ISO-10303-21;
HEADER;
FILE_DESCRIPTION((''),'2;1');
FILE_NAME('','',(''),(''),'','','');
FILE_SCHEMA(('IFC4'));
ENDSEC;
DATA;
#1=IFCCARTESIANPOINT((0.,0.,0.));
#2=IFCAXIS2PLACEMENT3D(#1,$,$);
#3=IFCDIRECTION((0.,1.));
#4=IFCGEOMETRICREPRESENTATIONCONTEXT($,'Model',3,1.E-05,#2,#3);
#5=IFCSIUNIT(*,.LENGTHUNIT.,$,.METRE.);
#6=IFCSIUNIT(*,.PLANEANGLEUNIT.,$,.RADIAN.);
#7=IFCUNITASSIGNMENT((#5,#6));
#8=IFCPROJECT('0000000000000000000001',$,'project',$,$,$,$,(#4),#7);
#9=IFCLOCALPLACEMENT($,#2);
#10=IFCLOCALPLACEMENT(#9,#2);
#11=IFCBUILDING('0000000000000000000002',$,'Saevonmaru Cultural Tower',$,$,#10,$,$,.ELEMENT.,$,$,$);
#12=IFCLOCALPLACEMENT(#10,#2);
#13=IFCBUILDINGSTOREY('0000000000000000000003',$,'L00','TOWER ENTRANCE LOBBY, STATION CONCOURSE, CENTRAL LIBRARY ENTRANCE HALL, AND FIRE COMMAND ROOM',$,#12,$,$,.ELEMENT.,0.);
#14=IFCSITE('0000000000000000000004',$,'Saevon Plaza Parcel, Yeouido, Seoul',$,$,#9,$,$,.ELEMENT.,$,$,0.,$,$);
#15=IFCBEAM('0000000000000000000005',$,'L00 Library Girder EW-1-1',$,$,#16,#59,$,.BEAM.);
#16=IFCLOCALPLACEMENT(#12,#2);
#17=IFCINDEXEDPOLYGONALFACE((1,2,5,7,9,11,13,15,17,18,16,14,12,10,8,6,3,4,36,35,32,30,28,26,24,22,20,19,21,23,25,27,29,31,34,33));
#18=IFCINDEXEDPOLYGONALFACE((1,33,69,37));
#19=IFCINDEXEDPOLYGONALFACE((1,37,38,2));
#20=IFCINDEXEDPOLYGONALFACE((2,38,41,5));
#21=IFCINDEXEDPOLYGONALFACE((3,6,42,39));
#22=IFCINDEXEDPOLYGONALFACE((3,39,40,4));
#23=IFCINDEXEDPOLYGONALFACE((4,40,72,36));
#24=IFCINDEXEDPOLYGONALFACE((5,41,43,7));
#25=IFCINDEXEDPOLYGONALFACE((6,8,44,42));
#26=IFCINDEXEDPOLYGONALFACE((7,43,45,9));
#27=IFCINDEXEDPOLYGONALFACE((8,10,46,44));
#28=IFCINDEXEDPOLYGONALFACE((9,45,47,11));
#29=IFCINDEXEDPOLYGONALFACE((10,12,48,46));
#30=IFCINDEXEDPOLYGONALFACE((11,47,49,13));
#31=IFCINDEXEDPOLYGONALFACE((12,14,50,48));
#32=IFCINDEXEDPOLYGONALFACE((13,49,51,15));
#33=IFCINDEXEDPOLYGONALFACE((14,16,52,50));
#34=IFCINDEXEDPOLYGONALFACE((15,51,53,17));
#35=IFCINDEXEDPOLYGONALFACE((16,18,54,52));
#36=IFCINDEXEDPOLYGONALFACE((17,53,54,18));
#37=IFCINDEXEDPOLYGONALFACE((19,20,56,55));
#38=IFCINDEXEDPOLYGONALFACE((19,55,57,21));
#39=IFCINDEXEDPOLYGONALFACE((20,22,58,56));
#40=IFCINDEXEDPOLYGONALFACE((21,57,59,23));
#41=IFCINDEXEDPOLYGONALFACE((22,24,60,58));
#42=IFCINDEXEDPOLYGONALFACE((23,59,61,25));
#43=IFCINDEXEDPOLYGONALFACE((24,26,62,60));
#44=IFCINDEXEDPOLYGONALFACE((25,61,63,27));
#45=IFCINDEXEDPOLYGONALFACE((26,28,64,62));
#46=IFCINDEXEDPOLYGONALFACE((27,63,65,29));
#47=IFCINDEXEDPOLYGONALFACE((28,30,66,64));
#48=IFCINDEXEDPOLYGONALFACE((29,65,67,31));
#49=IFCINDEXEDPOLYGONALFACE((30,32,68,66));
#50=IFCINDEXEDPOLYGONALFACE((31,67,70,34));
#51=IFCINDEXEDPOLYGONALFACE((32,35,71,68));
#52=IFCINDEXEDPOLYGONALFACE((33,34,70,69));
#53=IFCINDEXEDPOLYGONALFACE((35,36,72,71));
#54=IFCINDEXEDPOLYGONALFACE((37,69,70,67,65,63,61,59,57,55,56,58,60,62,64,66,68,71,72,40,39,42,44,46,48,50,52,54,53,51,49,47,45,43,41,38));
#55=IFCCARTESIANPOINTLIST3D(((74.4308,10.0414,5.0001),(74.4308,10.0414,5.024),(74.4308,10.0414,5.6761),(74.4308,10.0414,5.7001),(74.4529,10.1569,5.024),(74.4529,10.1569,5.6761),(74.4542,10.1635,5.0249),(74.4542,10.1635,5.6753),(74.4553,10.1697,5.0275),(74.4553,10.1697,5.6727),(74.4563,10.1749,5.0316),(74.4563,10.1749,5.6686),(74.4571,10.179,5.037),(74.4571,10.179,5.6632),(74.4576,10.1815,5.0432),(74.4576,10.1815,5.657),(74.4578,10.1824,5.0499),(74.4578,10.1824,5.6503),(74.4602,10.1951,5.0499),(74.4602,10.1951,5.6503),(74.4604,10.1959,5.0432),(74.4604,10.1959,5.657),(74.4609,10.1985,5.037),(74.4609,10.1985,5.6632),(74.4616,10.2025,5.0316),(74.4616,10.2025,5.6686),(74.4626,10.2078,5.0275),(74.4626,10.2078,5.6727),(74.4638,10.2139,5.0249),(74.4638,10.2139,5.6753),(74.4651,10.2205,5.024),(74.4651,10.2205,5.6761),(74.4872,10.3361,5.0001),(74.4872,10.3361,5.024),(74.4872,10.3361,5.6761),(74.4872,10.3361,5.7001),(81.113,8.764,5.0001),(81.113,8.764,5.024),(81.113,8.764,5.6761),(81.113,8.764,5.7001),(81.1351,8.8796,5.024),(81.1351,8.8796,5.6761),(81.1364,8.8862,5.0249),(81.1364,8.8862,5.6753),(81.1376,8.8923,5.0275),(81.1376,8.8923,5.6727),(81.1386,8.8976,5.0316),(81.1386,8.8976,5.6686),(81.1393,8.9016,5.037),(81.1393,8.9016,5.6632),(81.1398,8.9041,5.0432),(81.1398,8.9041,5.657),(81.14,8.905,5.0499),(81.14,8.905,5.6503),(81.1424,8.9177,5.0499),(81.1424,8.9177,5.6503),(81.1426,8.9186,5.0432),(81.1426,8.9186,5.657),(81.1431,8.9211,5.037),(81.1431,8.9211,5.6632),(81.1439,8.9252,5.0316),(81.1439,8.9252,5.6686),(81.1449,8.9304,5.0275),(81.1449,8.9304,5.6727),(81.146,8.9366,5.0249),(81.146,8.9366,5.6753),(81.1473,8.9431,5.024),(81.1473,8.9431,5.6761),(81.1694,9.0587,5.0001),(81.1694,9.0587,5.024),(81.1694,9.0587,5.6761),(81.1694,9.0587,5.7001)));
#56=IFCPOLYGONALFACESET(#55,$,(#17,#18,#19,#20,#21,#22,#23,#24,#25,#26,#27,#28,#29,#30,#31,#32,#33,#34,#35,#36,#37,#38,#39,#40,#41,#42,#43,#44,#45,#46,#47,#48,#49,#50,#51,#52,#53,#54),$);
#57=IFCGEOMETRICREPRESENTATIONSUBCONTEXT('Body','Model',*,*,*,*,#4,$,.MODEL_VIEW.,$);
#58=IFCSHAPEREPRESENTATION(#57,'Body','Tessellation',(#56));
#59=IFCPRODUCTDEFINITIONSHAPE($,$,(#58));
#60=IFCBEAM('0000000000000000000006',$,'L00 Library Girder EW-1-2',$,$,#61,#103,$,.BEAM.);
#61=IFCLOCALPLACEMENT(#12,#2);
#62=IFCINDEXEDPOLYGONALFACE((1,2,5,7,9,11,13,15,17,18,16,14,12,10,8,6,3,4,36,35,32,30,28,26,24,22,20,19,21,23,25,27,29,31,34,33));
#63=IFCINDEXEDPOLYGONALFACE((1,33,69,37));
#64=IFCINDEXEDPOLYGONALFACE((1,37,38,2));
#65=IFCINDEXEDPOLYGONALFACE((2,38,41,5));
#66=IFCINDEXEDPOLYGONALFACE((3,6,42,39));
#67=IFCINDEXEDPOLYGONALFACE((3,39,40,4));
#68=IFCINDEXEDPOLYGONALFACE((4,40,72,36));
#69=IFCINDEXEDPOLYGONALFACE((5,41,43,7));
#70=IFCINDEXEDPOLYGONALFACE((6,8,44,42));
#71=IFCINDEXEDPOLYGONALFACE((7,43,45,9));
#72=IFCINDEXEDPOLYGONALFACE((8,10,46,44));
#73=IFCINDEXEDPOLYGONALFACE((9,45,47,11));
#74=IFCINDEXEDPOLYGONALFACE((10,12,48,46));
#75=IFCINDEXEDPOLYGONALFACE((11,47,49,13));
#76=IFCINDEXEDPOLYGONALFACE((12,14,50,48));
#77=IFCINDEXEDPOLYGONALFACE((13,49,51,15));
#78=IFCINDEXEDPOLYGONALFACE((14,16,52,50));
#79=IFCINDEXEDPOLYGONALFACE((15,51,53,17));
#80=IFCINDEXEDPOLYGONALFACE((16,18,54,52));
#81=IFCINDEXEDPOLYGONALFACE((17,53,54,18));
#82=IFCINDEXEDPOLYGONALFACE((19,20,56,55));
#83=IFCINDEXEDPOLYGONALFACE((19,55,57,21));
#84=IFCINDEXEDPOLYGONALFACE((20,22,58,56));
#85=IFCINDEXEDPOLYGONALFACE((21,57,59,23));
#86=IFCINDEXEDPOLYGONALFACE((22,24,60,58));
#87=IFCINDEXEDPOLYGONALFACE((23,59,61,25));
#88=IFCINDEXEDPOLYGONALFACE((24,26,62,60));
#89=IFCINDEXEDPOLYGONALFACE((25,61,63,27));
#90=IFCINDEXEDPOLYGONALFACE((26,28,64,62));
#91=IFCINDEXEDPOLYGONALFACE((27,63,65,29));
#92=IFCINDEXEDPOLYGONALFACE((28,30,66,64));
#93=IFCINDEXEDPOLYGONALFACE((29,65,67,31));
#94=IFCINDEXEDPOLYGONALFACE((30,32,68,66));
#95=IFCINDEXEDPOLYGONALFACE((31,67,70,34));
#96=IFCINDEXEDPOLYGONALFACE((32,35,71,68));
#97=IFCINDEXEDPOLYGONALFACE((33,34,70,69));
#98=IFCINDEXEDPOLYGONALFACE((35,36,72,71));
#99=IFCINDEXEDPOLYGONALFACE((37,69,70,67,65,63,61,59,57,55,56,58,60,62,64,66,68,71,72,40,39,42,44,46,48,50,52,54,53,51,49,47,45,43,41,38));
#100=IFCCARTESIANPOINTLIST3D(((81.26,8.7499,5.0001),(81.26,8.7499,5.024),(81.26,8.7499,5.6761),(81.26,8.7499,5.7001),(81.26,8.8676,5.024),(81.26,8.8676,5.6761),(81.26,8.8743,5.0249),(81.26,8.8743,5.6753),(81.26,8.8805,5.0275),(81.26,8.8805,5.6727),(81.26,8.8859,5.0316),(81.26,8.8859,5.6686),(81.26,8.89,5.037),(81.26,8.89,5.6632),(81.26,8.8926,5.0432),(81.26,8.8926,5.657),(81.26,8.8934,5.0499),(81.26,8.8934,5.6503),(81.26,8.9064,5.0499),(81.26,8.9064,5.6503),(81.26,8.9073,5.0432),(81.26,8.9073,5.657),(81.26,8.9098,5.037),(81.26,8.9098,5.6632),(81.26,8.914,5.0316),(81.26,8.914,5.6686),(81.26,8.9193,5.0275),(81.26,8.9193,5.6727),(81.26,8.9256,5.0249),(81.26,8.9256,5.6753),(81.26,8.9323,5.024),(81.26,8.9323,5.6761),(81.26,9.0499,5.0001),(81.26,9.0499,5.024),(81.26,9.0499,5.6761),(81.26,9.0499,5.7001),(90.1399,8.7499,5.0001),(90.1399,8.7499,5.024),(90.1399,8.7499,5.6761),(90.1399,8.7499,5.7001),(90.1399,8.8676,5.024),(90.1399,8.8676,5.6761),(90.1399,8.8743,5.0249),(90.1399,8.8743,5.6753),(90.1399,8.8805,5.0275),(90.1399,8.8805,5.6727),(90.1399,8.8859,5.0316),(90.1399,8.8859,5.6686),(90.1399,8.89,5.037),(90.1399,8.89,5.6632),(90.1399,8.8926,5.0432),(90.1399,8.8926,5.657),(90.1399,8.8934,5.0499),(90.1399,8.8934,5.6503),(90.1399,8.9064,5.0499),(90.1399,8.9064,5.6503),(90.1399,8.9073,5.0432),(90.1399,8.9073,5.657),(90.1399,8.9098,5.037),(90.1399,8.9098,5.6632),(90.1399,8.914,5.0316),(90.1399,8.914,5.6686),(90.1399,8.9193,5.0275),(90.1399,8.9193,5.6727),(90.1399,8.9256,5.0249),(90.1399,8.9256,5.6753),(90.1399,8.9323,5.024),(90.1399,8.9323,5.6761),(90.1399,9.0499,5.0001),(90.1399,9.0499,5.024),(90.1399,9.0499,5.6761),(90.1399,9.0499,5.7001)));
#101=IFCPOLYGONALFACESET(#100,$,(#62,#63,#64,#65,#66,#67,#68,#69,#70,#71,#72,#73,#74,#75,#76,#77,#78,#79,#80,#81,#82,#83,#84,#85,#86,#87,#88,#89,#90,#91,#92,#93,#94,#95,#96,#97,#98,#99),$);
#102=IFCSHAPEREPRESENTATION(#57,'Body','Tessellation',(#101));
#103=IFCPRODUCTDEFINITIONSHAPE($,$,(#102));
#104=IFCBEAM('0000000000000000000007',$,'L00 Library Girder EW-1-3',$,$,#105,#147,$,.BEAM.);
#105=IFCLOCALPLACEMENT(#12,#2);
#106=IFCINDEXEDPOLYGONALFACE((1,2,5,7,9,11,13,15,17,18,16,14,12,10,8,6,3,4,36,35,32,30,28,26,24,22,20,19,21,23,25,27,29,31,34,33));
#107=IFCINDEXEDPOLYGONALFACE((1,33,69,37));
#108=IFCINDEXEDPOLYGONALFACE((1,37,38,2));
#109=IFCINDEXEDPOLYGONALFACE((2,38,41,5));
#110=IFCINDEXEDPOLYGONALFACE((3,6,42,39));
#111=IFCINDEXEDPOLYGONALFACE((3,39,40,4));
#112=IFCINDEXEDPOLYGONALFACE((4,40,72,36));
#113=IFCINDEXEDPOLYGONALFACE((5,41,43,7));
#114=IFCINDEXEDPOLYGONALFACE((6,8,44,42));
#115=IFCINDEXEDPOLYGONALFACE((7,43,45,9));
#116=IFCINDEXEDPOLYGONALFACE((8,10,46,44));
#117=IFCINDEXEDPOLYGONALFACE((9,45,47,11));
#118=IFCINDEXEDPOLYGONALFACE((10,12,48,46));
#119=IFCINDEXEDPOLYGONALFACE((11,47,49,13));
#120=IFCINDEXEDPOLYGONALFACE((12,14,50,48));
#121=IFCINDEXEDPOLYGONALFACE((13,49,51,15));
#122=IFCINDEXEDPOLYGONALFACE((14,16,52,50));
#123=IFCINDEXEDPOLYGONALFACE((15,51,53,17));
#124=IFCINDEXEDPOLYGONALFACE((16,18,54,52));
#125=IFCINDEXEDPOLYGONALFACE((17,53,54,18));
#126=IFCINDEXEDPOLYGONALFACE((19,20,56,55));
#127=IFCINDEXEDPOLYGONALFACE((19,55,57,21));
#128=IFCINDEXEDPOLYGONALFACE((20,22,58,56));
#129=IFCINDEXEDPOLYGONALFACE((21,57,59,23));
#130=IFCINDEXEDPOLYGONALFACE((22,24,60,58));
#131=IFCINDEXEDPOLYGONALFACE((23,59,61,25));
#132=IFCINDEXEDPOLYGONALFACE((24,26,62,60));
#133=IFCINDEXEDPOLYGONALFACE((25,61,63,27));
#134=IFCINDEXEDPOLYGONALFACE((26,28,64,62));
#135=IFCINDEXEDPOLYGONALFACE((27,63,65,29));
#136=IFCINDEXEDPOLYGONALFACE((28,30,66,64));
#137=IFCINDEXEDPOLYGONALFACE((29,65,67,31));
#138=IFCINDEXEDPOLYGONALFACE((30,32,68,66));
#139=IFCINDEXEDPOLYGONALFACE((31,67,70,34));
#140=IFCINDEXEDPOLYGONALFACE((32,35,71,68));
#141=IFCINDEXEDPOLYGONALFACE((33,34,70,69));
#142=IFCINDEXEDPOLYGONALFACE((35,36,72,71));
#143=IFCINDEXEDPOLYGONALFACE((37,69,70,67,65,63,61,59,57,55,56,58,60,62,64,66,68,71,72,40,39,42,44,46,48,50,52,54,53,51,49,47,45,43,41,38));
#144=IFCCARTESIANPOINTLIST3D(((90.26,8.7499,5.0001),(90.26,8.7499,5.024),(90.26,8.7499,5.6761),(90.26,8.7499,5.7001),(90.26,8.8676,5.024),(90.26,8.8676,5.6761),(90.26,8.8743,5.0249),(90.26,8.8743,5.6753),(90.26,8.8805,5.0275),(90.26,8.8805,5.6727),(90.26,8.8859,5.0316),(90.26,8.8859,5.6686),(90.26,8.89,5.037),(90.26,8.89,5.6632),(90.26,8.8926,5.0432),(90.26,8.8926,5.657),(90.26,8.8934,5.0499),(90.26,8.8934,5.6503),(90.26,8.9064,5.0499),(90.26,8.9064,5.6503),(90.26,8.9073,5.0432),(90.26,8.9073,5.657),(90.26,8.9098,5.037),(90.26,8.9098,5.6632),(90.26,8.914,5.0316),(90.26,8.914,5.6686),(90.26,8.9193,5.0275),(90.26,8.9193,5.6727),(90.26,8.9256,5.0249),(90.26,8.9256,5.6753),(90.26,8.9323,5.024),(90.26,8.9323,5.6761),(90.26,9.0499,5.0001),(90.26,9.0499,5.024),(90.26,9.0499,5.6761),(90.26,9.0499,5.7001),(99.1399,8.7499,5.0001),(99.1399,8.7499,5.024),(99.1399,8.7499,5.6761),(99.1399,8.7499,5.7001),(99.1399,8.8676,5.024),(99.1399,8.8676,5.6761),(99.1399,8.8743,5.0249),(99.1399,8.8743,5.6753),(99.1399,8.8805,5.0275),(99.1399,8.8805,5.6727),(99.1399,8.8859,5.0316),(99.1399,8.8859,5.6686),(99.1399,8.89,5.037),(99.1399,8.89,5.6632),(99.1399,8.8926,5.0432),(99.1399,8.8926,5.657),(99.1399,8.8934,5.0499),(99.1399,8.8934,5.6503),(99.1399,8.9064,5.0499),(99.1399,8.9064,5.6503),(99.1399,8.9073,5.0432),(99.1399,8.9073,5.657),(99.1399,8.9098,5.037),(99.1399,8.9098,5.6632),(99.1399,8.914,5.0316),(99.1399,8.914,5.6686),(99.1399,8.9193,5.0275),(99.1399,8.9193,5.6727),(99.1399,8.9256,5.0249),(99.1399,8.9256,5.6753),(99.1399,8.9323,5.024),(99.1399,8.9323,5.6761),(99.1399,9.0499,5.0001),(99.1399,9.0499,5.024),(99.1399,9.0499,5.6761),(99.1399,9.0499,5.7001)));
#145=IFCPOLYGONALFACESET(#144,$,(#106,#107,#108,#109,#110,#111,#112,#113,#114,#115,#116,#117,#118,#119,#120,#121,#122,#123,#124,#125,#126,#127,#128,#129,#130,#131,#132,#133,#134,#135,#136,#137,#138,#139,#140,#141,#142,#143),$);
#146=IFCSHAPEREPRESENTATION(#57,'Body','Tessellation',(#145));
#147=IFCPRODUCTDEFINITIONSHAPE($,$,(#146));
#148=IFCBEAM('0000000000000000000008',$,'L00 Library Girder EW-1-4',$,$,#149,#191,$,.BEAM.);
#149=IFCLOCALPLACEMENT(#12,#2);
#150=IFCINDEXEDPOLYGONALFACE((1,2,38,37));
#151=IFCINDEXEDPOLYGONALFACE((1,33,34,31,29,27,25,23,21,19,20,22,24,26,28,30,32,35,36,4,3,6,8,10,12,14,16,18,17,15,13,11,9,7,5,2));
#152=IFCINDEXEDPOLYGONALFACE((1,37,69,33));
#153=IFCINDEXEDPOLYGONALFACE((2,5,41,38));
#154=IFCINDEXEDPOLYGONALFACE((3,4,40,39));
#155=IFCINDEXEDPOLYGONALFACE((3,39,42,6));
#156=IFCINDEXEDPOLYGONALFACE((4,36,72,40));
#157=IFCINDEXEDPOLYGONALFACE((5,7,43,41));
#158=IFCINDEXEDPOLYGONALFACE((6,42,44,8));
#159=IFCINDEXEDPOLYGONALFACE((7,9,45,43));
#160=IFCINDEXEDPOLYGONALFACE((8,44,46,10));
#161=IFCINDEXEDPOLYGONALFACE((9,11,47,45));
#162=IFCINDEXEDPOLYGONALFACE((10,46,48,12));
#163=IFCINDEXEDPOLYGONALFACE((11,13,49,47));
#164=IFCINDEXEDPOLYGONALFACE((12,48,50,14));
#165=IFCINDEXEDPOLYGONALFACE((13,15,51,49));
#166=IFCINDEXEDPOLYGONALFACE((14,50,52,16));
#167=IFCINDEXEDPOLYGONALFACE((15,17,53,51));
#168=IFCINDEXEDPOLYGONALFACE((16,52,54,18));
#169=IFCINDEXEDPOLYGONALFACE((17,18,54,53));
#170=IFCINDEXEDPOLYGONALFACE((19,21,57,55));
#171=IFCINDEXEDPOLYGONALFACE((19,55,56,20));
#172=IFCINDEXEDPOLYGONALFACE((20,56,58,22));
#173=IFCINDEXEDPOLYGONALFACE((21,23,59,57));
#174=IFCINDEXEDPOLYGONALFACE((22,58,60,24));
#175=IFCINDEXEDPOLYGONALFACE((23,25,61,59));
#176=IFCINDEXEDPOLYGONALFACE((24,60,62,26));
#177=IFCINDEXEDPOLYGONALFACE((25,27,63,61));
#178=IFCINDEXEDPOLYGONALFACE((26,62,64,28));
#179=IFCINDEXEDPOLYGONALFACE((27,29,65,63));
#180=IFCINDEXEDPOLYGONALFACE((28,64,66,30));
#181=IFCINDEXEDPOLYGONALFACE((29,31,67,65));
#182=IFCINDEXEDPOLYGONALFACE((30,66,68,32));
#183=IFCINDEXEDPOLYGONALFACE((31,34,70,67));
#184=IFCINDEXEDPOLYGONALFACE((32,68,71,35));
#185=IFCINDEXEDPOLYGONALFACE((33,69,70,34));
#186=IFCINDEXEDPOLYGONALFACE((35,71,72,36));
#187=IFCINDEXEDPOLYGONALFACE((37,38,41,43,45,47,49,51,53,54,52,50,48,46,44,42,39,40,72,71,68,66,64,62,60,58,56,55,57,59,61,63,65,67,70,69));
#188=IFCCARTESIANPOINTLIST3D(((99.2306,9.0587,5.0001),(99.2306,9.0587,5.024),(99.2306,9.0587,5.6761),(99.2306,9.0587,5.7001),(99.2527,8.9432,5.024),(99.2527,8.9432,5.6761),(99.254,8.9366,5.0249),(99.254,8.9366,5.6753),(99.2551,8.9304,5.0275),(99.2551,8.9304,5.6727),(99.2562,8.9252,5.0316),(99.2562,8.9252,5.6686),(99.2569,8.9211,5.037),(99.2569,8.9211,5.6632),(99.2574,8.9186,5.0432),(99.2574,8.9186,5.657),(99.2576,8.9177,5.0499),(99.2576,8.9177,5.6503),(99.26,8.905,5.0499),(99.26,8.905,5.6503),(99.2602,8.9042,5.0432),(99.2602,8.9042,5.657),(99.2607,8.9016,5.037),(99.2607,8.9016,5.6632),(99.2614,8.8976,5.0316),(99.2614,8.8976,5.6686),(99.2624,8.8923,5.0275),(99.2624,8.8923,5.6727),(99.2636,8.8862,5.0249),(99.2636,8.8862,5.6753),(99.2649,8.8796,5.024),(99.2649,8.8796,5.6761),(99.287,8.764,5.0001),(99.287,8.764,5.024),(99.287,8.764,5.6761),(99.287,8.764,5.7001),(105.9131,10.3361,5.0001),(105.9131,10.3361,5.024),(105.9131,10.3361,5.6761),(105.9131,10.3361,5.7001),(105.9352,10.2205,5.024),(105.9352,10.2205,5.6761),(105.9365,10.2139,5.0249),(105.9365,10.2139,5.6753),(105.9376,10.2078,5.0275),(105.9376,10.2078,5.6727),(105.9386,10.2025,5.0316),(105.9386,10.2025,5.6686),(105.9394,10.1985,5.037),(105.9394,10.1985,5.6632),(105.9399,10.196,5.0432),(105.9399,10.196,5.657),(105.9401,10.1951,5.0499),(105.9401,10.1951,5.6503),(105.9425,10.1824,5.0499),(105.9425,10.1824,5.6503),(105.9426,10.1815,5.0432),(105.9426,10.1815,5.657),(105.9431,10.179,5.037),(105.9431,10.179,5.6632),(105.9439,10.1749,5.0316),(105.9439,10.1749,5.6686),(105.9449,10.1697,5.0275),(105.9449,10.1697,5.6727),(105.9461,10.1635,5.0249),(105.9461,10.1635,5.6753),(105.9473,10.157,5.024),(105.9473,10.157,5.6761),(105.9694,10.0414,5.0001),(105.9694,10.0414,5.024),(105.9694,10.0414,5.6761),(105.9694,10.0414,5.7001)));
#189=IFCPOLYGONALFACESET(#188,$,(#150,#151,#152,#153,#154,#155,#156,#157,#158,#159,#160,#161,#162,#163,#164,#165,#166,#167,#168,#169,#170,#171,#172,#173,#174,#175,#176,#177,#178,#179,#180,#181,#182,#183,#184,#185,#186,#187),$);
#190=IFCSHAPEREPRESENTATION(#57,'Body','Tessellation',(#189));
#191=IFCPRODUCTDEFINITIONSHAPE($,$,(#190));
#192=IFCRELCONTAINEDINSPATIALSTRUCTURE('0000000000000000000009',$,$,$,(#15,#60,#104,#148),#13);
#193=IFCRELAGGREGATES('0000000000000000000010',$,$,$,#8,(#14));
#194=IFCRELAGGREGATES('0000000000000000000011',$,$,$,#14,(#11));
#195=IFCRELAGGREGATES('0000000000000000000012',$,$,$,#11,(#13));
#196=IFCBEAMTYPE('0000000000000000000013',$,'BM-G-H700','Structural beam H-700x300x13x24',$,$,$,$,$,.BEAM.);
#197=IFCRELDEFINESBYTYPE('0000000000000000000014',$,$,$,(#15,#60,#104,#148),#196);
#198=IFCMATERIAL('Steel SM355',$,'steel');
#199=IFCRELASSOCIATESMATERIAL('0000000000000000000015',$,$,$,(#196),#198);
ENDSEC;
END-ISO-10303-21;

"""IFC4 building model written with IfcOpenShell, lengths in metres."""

from ifc_helpers import new_model, si_unit, direction, frame, origin, origin_2d, place, context, subcontext, project, spatial, i_section, extrude, material, material_profile, profile_set, type_object, element, save


model = new_model("IFC4")

# Units and contexts
model_context = context("Model", 3, precision=1e-05, world=origin(), true_north=direction((0.0, 1.0)))
body_context = subcontext(model_context, "Body", "Model", "MODEL_VIEW")
ifc_project = project(units=[si_unit("LENGTHUNIT", "METRE"), si_unit("PLANEANGLEUNIT", "RADIAN")], contexts=[model_context])

# Site, building, storey
site_placement = place(None, origin())
site = spatial("IfcSite", under=ifc_project, at=site_placement, Name="Saevon Plaza Parcel, Yeouido, Seoul", CompositionType="ELEMENT", RefElevation=0.0)
building_placement = place(site_placement, origin())
building = spatial("IfcBuilding", under=site, at=building_placement, Name="Saevonmaru Cultural Tower", CompositionType="ELEMENT")
storey_placement = place(building_placement, origin())
storey = spatial("IfcBuildingStorey", under=building, at=storey_placement, Name="L00", Description="TOWER ENTRANCE LOBBY, STATION CONCOURSE, CENTRAL LIBRARY ENTRANCE HALL, AND FIRE COMMAND ROOM", CompositionType="ELEMENT", Elevation=0.0)

# Shared definitions
ifc_material_1 = material(Name="Steel SM355", Category="steel")

# Beams
ifc_material_profile_1 = material_profile(ifc_material_1, i_section(OverallWidth=0.3, OverallDepth=0.7, WebThickness=0.0129, FlangeThickness=0.0239, FilletRadius=0.0259, at=origin_2d()), Name="H-700x300x13x24")
ifc_profile_set_1 = profile_set([ifc_material_profile_1], Name="Steel SM355")
beam_type = type_object("IfcBeamType", Name="BM-G-H700", Description="Structural beam H-700x300x13x24", PredefinedType="BEAM", material=ifc_profile_set_1)
beam_1_placement = place(storey_placement, frame((74.459, 10.1887, 5.3501), z_axis=(0.982215, -0.187758, 0.0), x_axis=(0.187758, 0.982215, 0.0)))
element("IfcBeam", 1, at=beam_1_placement, inside=storey, type_object=beam_type, Name="L00 Library Girder EW-1-1", PredefinedType="BEAM", context=body_context, shape_type="SweptSolid", body=[
    extrude(i_section(OverallWidth=0.3, OverallDepth=0.7, WebThickness=0.0129, FlangeThickness=0.0239, FilletRadius=0.0259, at=origin_2d()), origin(), (0.0, 0.0, 1.0), 6.8032),
])
for number, where, z_axis, x_axis, name in (
    (2, (81.26, 8.8999, 5.3501), (1.0, 0.0, 0.0), (0.0, 1.0, 0.0), "L00 Library Girder EW-1-2"),
    (3, (90.26, 8.8999, 5.3501), (1.0, 0.0, 0.0), (0.0, 1.0, 0.0), "L00 Library Girder EW-1-3"),
):
    element("IfcBeam", number, at=place(storey_placement, frame(where, z_axis=z_axis, x_axis=x_axis)), inside=storey, type_object=beam_type, Name=name, PredefinedType="BEAM", context=body_context, shape_type="SweptSolid", body=[
        extrude(i_section(OverallWidth=0.3, OverallDepth=0.7, WebThickness=0.0129, FlangeThickness=0.0239, FilletRadius=0.0259, at=origin_2d()), origin(), (0.0, 0.0, 1.0), 8.8799),
    ])
beam_2_placement = place(storey_placement, frame((99.2588, 8.9114, 5.3501), z_axis=(0.982216, 0.187752, 0.0), x_axis=(-0.187752, 0.982216, 0.0)))
element("IfcBeam", 4, at=beam_2_placement, inside=storey, type_object=beam_type, Name="L00 Library Girder EW-1-4", PredefinedType="BEAM", context=body_context, shape_type="SweptSolid", body=[
    extrude(i_section(OverallWidth=0.3, OverallDepth=0.7, WebThickness=0.0129, FlangeThickness=0.0239, FilletRadius=0.0259, at=origin_2d()), origin(), (0.0, 0.0, 1.0), 6.8035),
])

save(model, "model.ifc")
